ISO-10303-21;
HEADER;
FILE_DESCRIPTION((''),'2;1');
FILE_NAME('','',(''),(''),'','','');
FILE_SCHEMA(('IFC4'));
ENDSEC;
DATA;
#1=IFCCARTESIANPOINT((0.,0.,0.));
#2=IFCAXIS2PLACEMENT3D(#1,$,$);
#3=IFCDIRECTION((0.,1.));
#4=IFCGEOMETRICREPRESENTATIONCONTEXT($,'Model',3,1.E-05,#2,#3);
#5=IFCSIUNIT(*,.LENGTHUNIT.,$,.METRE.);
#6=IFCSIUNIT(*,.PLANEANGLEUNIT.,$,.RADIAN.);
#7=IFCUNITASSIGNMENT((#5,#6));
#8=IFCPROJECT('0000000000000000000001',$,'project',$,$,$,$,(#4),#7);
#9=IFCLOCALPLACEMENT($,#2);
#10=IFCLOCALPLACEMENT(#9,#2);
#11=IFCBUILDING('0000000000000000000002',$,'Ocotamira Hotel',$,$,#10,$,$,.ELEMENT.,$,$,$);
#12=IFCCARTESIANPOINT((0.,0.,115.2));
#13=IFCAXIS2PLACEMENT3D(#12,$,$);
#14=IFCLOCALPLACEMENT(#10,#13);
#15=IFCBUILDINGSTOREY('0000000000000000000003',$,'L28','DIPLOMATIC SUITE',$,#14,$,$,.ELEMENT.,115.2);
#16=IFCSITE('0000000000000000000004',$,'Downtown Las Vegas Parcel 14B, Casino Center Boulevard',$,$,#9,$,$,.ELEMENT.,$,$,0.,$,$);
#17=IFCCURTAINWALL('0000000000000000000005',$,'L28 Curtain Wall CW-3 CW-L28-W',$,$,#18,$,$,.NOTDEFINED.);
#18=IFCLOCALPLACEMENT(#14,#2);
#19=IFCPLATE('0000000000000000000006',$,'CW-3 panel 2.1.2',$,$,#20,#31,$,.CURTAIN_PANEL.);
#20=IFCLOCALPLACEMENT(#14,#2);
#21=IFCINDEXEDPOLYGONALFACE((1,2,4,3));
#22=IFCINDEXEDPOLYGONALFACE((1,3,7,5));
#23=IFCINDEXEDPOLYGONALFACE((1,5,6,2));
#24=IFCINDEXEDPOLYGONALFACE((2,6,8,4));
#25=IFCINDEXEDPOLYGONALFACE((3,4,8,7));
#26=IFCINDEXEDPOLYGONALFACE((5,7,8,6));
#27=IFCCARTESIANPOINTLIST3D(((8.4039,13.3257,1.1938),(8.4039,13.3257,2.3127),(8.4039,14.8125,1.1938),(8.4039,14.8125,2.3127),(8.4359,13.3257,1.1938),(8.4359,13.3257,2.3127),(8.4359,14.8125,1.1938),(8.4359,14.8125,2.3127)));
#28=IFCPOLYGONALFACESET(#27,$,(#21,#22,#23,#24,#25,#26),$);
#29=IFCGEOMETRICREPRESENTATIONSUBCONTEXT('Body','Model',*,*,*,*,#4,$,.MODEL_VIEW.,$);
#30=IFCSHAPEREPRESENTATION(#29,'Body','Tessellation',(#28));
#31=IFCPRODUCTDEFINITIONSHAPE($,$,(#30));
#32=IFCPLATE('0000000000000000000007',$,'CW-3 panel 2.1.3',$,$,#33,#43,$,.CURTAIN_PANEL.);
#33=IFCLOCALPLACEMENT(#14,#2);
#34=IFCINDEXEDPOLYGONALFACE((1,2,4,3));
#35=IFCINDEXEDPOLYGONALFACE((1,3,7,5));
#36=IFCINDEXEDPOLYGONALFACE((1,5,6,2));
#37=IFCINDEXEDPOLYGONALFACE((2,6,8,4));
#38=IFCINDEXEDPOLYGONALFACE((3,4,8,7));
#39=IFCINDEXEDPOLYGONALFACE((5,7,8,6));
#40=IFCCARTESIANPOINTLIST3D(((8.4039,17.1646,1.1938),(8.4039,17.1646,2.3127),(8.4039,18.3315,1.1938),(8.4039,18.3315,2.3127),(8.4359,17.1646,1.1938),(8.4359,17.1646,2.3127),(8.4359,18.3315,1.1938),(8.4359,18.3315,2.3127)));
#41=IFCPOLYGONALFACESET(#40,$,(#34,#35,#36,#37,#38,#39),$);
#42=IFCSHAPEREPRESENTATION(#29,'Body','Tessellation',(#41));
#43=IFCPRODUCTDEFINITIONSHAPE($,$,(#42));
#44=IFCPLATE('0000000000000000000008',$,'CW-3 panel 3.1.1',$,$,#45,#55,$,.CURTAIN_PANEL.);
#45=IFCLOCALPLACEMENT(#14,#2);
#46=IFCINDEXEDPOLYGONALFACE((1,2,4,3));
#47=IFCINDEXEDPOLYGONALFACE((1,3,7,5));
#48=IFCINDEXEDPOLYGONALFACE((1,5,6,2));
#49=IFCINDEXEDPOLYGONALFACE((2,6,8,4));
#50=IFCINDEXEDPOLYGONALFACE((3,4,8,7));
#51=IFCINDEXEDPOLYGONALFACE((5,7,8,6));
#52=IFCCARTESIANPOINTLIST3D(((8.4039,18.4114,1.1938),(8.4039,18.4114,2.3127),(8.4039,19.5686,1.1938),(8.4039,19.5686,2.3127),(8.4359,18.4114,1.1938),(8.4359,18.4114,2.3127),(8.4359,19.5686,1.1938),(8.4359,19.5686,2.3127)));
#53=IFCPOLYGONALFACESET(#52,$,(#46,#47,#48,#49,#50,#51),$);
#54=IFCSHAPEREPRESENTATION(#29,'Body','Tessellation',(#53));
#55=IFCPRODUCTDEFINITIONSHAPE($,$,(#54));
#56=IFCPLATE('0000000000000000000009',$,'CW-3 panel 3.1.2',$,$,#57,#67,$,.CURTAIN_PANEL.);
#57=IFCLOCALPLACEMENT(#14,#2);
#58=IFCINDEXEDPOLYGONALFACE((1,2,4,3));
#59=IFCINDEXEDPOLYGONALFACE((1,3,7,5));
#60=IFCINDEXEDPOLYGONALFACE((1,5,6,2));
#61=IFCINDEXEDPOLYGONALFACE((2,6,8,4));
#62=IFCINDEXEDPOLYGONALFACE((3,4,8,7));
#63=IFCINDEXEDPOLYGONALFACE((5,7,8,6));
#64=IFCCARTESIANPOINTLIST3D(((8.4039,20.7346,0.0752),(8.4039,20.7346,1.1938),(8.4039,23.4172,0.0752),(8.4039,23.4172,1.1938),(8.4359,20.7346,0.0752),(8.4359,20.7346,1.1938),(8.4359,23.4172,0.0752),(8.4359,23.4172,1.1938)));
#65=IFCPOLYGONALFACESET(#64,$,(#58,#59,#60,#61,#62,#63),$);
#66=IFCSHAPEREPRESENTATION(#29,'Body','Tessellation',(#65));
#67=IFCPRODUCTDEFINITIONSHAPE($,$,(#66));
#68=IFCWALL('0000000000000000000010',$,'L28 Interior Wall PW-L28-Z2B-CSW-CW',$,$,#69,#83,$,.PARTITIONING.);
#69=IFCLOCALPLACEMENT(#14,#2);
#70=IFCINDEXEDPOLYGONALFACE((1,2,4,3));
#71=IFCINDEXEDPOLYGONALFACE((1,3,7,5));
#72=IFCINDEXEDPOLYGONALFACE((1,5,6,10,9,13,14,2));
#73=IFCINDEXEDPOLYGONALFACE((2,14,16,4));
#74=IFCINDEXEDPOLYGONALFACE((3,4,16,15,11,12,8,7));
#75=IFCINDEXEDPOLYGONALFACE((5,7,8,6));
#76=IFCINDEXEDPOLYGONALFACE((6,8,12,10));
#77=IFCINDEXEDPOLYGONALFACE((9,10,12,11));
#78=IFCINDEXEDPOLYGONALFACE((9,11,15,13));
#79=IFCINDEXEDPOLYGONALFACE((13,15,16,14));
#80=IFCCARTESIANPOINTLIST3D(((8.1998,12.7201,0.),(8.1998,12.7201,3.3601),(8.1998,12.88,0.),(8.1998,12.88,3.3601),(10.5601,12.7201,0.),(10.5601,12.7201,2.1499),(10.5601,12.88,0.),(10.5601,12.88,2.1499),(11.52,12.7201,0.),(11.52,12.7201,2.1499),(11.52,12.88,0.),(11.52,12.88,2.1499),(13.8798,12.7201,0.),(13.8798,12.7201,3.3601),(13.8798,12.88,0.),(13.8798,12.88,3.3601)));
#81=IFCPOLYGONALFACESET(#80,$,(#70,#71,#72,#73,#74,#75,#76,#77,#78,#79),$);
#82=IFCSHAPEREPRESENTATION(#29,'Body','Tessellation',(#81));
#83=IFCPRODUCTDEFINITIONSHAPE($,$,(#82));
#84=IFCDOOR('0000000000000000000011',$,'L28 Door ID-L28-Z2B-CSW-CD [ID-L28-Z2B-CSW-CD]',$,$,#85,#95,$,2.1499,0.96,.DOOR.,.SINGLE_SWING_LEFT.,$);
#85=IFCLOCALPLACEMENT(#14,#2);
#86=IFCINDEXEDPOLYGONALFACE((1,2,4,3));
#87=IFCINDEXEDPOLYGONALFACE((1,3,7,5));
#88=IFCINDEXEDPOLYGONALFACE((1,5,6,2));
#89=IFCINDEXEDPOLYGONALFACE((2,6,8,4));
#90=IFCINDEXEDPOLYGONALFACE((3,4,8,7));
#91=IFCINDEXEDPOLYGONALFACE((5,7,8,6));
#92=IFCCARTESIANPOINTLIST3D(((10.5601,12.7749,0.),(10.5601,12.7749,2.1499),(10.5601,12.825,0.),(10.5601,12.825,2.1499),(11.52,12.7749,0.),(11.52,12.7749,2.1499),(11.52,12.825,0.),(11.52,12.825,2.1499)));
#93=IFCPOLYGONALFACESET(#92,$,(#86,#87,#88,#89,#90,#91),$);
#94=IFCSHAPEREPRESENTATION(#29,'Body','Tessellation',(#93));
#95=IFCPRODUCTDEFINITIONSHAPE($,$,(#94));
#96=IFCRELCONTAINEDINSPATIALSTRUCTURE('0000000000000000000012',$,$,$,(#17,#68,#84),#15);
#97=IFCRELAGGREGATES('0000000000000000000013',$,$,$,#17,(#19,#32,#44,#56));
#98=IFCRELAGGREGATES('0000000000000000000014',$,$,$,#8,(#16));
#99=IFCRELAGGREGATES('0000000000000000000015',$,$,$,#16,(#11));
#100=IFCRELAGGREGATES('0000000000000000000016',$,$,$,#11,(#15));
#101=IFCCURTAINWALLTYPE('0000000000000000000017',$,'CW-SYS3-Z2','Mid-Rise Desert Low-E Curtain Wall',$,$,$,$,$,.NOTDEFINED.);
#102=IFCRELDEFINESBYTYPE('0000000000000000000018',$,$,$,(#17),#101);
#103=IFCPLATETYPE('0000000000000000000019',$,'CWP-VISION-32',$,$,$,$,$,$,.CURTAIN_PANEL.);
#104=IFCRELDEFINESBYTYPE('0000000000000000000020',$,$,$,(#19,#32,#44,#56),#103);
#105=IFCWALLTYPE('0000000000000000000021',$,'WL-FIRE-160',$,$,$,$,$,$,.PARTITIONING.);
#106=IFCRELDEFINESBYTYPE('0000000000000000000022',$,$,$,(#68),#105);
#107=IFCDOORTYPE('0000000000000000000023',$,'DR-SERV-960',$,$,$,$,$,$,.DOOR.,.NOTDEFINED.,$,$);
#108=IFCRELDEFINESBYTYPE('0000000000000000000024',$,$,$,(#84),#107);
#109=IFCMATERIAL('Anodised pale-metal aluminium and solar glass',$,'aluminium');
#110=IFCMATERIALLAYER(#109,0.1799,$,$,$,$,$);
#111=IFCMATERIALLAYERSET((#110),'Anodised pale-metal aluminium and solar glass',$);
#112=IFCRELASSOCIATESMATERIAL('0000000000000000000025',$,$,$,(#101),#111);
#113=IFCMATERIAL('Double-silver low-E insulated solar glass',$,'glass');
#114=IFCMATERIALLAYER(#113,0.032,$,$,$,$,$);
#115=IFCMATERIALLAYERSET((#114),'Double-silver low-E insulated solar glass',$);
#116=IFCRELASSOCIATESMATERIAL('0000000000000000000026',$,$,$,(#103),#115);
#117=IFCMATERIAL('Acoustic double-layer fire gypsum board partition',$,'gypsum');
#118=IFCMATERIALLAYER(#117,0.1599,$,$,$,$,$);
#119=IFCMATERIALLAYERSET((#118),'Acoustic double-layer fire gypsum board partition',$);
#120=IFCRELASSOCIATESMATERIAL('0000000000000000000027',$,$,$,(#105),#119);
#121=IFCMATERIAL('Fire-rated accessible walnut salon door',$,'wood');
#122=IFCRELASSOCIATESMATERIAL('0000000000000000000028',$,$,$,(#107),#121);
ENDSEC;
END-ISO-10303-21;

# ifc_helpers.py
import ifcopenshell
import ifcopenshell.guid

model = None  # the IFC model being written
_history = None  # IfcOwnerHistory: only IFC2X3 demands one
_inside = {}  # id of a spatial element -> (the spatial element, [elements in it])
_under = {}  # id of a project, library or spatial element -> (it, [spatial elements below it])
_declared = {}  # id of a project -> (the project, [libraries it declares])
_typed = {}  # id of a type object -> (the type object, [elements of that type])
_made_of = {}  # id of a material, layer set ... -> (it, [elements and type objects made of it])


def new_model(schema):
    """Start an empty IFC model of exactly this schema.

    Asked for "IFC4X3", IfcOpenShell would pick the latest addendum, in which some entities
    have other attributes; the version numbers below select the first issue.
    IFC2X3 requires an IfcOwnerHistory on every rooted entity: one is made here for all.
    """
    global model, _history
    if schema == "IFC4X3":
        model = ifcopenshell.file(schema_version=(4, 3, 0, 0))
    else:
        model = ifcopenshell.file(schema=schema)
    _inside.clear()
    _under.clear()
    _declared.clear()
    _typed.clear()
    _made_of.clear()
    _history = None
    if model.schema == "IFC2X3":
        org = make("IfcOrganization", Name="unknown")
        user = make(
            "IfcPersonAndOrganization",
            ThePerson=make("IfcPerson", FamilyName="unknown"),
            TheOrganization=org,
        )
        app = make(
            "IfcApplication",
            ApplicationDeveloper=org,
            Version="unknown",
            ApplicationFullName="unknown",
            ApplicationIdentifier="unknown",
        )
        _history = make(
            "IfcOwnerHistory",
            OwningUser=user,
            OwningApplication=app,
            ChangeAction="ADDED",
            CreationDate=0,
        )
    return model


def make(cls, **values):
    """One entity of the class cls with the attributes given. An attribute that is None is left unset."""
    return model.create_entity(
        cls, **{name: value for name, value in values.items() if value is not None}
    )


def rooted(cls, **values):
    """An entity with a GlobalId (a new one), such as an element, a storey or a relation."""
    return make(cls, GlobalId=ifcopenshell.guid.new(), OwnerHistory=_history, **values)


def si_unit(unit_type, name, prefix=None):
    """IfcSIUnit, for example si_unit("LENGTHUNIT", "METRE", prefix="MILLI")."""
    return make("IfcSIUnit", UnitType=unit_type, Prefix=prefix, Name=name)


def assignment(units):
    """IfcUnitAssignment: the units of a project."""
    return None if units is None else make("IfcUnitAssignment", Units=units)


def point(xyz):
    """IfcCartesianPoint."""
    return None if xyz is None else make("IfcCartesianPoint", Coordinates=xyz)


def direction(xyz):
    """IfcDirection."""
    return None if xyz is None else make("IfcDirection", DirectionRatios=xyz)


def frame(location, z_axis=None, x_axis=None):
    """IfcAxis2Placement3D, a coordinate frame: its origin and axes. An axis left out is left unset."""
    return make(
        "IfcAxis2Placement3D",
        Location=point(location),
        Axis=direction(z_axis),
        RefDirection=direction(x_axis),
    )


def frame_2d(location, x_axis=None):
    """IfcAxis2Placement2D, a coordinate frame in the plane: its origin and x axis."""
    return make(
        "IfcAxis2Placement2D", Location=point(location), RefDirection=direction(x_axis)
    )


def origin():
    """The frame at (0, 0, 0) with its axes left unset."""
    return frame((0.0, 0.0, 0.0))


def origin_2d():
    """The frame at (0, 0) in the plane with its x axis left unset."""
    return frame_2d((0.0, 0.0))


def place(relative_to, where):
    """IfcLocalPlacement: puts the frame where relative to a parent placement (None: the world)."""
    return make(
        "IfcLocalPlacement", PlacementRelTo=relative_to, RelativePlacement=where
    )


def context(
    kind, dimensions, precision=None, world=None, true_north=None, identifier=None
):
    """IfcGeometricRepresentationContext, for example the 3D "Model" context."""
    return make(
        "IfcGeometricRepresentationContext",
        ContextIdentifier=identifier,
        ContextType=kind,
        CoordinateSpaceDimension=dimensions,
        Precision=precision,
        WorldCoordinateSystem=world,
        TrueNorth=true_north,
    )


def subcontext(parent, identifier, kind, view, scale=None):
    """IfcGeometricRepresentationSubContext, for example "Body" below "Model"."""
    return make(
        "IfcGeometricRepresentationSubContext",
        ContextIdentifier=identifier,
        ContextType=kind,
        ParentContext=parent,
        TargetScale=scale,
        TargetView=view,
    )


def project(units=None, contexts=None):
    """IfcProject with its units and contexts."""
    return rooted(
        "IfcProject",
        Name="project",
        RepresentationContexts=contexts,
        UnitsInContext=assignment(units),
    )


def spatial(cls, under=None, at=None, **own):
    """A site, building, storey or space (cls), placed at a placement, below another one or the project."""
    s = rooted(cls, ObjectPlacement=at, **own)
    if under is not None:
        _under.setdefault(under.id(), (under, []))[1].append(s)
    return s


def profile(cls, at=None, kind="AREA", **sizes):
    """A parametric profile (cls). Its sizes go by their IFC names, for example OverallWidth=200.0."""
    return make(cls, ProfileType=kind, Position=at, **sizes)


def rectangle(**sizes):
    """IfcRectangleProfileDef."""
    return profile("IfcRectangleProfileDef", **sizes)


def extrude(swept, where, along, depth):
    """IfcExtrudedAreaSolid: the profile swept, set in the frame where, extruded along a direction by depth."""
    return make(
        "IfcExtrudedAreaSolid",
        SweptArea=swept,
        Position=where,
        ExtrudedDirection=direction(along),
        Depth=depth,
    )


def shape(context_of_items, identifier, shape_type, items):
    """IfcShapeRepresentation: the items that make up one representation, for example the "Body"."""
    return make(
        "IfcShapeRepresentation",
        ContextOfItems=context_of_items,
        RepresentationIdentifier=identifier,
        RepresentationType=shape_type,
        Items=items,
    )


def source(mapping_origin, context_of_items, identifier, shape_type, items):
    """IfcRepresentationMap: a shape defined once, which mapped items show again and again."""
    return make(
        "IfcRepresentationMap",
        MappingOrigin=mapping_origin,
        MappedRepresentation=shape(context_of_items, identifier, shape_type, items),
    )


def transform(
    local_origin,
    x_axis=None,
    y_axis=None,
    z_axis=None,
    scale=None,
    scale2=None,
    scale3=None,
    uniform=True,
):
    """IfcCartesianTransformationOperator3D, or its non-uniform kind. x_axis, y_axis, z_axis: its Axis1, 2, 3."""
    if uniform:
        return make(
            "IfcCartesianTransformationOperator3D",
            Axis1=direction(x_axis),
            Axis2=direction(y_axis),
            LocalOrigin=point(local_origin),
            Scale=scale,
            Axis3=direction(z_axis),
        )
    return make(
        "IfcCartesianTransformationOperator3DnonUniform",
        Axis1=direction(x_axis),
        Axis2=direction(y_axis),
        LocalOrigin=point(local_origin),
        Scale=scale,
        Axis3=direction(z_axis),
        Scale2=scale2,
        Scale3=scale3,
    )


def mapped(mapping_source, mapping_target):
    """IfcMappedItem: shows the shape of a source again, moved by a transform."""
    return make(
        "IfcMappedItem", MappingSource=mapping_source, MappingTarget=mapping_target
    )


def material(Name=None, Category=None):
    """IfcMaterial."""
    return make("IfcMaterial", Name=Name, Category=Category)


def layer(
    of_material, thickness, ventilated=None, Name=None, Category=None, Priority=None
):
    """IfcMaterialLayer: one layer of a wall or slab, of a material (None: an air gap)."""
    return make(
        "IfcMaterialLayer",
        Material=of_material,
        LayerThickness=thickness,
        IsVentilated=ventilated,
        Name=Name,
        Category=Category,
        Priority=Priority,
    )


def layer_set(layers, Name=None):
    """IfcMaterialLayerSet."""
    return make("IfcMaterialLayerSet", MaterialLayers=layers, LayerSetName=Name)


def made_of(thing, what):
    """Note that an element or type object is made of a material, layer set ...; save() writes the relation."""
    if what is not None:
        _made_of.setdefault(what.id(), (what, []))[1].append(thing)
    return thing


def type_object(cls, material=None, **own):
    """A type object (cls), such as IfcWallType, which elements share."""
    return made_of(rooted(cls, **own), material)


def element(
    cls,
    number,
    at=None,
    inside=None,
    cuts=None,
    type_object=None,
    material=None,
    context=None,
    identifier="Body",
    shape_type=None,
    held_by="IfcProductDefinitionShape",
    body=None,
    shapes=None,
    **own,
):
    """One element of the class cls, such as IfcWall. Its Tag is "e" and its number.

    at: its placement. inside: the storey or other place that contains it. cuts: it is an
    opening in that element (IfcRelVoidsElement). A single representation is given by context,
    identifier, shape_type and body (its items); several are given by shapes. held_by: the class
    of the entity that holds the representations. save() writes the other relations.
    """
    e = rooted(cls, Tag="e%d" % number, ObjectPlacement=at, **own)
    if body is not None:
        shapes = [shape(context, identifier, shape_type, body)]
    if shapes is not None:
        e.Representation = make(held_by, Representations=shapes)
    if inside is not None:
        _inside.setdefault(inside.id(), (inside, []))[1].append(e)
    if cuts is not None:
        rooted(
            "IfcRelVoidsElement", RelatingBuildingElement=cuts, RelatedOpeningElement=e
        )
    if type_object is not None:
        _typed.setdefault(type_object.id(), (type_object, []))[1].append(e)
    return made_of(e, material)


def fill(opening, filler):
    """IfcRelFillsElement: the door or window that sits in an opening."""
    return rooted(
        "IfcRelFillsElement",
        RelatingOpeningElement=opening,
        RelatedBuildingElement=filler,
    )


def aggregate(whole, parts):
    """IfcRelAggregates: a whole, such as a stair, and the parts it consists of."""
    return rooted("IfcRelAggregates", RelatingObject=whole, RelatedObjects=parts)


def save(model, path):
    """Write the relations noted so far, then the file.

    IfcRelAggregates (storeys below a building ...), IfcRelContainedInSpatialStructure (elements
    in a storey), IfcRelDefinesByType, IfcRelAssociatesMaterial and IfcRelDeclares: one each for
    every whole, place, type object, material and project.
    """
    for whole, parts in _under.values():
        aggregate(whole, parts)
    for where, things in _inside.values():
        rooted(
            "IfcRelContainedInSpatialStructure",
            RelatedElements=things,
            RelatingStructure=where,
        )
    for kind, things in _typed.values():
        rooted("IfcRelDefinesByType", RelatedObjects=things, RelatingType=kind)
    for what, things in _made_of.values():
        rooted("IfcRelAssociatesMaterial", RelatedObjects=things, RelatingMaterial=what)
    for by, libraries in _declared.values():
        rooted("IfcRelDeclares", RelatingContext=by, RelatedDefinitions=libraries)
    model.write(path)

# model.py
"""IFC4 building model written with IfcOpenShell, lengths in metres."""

from ifc_helpers import new_model, si_unit, direction, frame, frame_2d, origin, origin_2d, place, context, subcontext, project, spatial, rectangle, extrude, source, transform, mapped, material, layer, layer_set, type_object, element, fill, aggregate, save


model = new_model("IFC4")

# Units and contexts
model_context = context("Model", 3, precision=1e-05, world=origin(), true_north=direction((0.0, 1.0)))
body_context = subcontext(model_context, "Body", "Model", "MODEL_VIEW")
ifc_project = project(units=[si_unit("LENGTHUNIT", "METRE"), si_unit("PLANEANGLEUNIT", "RADIAN")], contexts=[model_context])

# Site, building, storey
site_placement = place(None, origin())
site = spatial("IfcSite", under=ifc_project, at=site_placement, Name="Downtown Las Vegas Parcel 14B, Casino Center Boulevard", CompositionType="ELEMENT", RefElevation=0.0)
building_placement = place(site_placement, origin())
building = spatial("IfcBuilding", under=site, at=building_placement, Name="Ocotamira Hotel", CompositionType="ELEMENT")
storey_placement = place(building_placement, frame((0.0, 0.0, 115.2)))
storey = spatial("IfcBuildingStorey", under=building, at=storey_placement, Name="L28", Description="DIPLOMATIC SUITE", CompositionType="ELEMENT", Elevation=115.2)

# Curtain wall
ifc_material_1 = material(Name="Anodised pale-metal aluminium and solar glass", Category="aluminium")
ifc_layer_1 = layer(ifc_material_1, 0.1799)
ifc_layer_set_1 = layer_set([ifc_layer_1], Name="Anodised pale-metal aluminium and solar glass")
curtain_wall_type = type_object("IfcCurtainWallType", Name="CW-SYS3-Z2", Description="Mid-Rise Desert Low-E Curtain Wall", PredefinedType="NOTDEFINED", material=ifc_layer_set_1)
curtain_wall_placement = place(storey_placement, origin())
curtain_wall = element("IfcCurtainWall", 1, at=curtain_wall_placement, inside=storey, type_object=curtain_wall_type, Name="L28 Curtain Wall CW-3 CW-L28-W", PredefinedType="NOTDEFINED")

# Plates
ifc_material_2 = material(Name="Double-silver low-E insulated solar glass", Category="glass")
ifc_layer_2 = layer(ifc_material_2, 0.032)
ifc_layer_set_2 = layer_set([ifc_layer_2], Name="Double-silver low-E insulated solar glass")
plate_type_1 = type_object("IfcPlateType", Name="CWP-VISION-32", PredefinedType="CURTAIN_PANEL", material=ifc_layer_set_2)
shared_shape_1 = source(origin(), body_context, "Body", "SweptSolid", [
    extrude(rectangle(XDim=1.4868, YDim=0.032, at=origin_2d()), origin(), (0.0, 0.0, 1.0), 1.1189),
])
plate_1_placement = place(storey_placement, frame((8.4199, 14.0691, 1.1938), z_axis=(0.0, 0.0, 1.0), x_axis=(0.0, 1.0, 0.0)))
plate_1 = element("IfcPlate", 2, at=plate_1_placement, type_object=plate_type_1, Name="CW-3 panel 2.1.2", PredefinedType="CURTAIN_PANEL", context=body_context, shape_type="MappedRepresentation", body=[
    mapped(shared_shape_1, transform((0.0, 0.0, 0.0), scale=1.0)),
])
shared_shape_2 = source(origin(), body_context, "Body", "SweptSolid", [
    extrude(rectangle(XDim=1.167, YDim=0.032, at=origin_2d()), origin(), (0.0, 0.0, 1.0), 1.1189),
])
plate_2_placement = place(storey_placement, frame((8.4199, 17.748, 1.1938), z_axis=(0.0, 0.0, 1.0), x_axis=(0.0, 1.0, 0.0)))
plate_2 = element("IfcPlate", 3, at=plate_2_placement, type_object=plate_type_1, Name="CW-3 panel 2.1.3", PredefinedType="CURTAIN_PANEL", context=body_context, shape_type="MappedRepresentation", body=[
    mapped(shared_shape_2, transform((0.0, 0.0, 0.0), scale=1.0)),
])
shared_shape_3 = source(origin(), body_context, "Body", "SweptSolid", [
    extrude(rectangle(XDim=1.1572, YDim=0.032, at=origin_2d()), origin(), (0.0, 0.0, 1.0), 1.1189),
])
plate_3_placement = place(storey_placement, frame((8.4199, 18.99, 1.1938), z_axis=(0.0, 0.0, 1.0), x_axis=(0.0, 1.0, 0.0)))
plate_3 = element("IfcPlate", 4, at=plate_3_placement, type_object=plate_type_1, Name="CW-3 panel 3.1.1", PredefinedType="CURTAIN_PANEL", context=body_context, shape_type="MappedRepresentation", body=[
    mapped(shared_shape_3, transform((0.0, 0.0, 0.0), scale=1.0)),
])
shared_shape_4 = source(origin(), body_context, "Body", "SweptSolid", [
    extrude(rectangle(XDim=2.6826, YDim=0.032, at=origin_2d()), origin(), (0.0, 0.0, 1.0), 1.1187),
])
plate_4_placement = place(storey_placement, frame((8.4199, 22.0759, 0.0752), z_axis=(0.0, 0.0, 1.0), x_axis=(0.0, 1.0, 0.0)))
plate_4 = element("IfcPlate", 5, at=plate_4_placement, type_object=plate_type_1, Name="CW-3 panel 3.1.2", PredefinedType="CURTAIN_PANEL", context=body_context, shape_type="MappedRepresentation", body=[
    mapped(shared_shape_4, transform((0.0, 0.0, 0.0), scale=1.0)),
])
aggregate(curtain_wall, [plate_1, plate_2, plate_3, plate_4])

# Wall, opening, door
ifc_material_3 = material(Name="Acoustic double-layer fire gypsum board partition", Category="gypsum")
ifc_layer_3 = layer(ifc_material_3, 0.1599)
ifc_layer_set_3 = layer_set([ifc_layer_3], Name="Acoustic double-layer fire gypsum board partition")
wall_type_1 = type_object("IfcWallType", Name="WL-FIRE-160", PredefinedType="PARTITIONING", material=ifc_layer_set_3)
wall_1_placement = place(storey_placement, frame((8.2, 12.8, 0.0), z_axis=(0.0, 0.0, 1.0), x_axis=(1.0, 0.0, 0.0)))
wall_1 = element("IfcWall", 6, at=wall_1_placement, inside=storey, type_object=wall_type_1, Name="L28 Interior Wall PW-L28-Z2B-CSW-CW", PredefinedType="PARTITIONING", context=body_context, shape_type="SweptSolid", body=[
    extrude(rectangle(XDim=5.6799, YDim=0.1599, at=frame_2d((2.8398, 0.0))), origin(), (0.0, 0.0, 1.0), 3.3601),
])
opening_1_placement = place(wall_1_placement, frame((2.3601, 0.0, 0.0)))
opening_1 = element("IfcOpeningElement", 7, at=opening_1_placement, cuts=wall_1, PredefinedType="OPENING", context=body_context, shape_type="SweptSolid", body=[
    extrude(rectangle(XDim=0.96, YDim=2.1499, at=frame_2d((0.48, 1.075))), frame((0.0, 0.0898, 0.0), z_axis=(0.0, -1.0, 0.0), x_axis=(1.0, 0.0, 0.0)), (0.0, 0.0, 1.0), 0.1799),
])
ifc_material_4 = material(Name="Fire-rated accessible walnut salon door", Category="wood")
door_type_1 = type_object("IfcDoorType", Name="DR-SERV-960", OperationType="NOTDEFINED", PredefinedType="DOOR", material=ifc_material_4)
shared_shape_5 = source(origin(), body_context, "Body", "SweptSolid", [
    extrude(rectangle(XDim=0.96, YDim=2.1499, at=frame_2d((0.48, 1.075))), frame((0.0, 0.0249, 0.0), z_axis=(0.0, -1.0, 0.0), x_axis=(1.0, 0.0, 0.0)), (0.0, 0.0, 1.0), 0.05),
])
door_1_placement = place(opening_1_placement, origin())
door_1 = element("IfcDoor", 8, at=door_1_placement, inside=storey, type_object=door_type_1, Name="L28 Door ID-L28-Z2B-CSW-CD [ID-L28-Z2B-CSW-CD]", OperationType="SINGLE_SWING_LEFT", OverallHeight=2.1499, OverallWidth=0.96, PredefinedType="DOOR", context=body_context, shape_type="MappedRepresentation", body=[
    mapped(shared_shape_5, transform((0.0, 0.0, 0.0), scale=1.0)),
])
fill(opening_1, door_1)

save(model, "model.ifc")
